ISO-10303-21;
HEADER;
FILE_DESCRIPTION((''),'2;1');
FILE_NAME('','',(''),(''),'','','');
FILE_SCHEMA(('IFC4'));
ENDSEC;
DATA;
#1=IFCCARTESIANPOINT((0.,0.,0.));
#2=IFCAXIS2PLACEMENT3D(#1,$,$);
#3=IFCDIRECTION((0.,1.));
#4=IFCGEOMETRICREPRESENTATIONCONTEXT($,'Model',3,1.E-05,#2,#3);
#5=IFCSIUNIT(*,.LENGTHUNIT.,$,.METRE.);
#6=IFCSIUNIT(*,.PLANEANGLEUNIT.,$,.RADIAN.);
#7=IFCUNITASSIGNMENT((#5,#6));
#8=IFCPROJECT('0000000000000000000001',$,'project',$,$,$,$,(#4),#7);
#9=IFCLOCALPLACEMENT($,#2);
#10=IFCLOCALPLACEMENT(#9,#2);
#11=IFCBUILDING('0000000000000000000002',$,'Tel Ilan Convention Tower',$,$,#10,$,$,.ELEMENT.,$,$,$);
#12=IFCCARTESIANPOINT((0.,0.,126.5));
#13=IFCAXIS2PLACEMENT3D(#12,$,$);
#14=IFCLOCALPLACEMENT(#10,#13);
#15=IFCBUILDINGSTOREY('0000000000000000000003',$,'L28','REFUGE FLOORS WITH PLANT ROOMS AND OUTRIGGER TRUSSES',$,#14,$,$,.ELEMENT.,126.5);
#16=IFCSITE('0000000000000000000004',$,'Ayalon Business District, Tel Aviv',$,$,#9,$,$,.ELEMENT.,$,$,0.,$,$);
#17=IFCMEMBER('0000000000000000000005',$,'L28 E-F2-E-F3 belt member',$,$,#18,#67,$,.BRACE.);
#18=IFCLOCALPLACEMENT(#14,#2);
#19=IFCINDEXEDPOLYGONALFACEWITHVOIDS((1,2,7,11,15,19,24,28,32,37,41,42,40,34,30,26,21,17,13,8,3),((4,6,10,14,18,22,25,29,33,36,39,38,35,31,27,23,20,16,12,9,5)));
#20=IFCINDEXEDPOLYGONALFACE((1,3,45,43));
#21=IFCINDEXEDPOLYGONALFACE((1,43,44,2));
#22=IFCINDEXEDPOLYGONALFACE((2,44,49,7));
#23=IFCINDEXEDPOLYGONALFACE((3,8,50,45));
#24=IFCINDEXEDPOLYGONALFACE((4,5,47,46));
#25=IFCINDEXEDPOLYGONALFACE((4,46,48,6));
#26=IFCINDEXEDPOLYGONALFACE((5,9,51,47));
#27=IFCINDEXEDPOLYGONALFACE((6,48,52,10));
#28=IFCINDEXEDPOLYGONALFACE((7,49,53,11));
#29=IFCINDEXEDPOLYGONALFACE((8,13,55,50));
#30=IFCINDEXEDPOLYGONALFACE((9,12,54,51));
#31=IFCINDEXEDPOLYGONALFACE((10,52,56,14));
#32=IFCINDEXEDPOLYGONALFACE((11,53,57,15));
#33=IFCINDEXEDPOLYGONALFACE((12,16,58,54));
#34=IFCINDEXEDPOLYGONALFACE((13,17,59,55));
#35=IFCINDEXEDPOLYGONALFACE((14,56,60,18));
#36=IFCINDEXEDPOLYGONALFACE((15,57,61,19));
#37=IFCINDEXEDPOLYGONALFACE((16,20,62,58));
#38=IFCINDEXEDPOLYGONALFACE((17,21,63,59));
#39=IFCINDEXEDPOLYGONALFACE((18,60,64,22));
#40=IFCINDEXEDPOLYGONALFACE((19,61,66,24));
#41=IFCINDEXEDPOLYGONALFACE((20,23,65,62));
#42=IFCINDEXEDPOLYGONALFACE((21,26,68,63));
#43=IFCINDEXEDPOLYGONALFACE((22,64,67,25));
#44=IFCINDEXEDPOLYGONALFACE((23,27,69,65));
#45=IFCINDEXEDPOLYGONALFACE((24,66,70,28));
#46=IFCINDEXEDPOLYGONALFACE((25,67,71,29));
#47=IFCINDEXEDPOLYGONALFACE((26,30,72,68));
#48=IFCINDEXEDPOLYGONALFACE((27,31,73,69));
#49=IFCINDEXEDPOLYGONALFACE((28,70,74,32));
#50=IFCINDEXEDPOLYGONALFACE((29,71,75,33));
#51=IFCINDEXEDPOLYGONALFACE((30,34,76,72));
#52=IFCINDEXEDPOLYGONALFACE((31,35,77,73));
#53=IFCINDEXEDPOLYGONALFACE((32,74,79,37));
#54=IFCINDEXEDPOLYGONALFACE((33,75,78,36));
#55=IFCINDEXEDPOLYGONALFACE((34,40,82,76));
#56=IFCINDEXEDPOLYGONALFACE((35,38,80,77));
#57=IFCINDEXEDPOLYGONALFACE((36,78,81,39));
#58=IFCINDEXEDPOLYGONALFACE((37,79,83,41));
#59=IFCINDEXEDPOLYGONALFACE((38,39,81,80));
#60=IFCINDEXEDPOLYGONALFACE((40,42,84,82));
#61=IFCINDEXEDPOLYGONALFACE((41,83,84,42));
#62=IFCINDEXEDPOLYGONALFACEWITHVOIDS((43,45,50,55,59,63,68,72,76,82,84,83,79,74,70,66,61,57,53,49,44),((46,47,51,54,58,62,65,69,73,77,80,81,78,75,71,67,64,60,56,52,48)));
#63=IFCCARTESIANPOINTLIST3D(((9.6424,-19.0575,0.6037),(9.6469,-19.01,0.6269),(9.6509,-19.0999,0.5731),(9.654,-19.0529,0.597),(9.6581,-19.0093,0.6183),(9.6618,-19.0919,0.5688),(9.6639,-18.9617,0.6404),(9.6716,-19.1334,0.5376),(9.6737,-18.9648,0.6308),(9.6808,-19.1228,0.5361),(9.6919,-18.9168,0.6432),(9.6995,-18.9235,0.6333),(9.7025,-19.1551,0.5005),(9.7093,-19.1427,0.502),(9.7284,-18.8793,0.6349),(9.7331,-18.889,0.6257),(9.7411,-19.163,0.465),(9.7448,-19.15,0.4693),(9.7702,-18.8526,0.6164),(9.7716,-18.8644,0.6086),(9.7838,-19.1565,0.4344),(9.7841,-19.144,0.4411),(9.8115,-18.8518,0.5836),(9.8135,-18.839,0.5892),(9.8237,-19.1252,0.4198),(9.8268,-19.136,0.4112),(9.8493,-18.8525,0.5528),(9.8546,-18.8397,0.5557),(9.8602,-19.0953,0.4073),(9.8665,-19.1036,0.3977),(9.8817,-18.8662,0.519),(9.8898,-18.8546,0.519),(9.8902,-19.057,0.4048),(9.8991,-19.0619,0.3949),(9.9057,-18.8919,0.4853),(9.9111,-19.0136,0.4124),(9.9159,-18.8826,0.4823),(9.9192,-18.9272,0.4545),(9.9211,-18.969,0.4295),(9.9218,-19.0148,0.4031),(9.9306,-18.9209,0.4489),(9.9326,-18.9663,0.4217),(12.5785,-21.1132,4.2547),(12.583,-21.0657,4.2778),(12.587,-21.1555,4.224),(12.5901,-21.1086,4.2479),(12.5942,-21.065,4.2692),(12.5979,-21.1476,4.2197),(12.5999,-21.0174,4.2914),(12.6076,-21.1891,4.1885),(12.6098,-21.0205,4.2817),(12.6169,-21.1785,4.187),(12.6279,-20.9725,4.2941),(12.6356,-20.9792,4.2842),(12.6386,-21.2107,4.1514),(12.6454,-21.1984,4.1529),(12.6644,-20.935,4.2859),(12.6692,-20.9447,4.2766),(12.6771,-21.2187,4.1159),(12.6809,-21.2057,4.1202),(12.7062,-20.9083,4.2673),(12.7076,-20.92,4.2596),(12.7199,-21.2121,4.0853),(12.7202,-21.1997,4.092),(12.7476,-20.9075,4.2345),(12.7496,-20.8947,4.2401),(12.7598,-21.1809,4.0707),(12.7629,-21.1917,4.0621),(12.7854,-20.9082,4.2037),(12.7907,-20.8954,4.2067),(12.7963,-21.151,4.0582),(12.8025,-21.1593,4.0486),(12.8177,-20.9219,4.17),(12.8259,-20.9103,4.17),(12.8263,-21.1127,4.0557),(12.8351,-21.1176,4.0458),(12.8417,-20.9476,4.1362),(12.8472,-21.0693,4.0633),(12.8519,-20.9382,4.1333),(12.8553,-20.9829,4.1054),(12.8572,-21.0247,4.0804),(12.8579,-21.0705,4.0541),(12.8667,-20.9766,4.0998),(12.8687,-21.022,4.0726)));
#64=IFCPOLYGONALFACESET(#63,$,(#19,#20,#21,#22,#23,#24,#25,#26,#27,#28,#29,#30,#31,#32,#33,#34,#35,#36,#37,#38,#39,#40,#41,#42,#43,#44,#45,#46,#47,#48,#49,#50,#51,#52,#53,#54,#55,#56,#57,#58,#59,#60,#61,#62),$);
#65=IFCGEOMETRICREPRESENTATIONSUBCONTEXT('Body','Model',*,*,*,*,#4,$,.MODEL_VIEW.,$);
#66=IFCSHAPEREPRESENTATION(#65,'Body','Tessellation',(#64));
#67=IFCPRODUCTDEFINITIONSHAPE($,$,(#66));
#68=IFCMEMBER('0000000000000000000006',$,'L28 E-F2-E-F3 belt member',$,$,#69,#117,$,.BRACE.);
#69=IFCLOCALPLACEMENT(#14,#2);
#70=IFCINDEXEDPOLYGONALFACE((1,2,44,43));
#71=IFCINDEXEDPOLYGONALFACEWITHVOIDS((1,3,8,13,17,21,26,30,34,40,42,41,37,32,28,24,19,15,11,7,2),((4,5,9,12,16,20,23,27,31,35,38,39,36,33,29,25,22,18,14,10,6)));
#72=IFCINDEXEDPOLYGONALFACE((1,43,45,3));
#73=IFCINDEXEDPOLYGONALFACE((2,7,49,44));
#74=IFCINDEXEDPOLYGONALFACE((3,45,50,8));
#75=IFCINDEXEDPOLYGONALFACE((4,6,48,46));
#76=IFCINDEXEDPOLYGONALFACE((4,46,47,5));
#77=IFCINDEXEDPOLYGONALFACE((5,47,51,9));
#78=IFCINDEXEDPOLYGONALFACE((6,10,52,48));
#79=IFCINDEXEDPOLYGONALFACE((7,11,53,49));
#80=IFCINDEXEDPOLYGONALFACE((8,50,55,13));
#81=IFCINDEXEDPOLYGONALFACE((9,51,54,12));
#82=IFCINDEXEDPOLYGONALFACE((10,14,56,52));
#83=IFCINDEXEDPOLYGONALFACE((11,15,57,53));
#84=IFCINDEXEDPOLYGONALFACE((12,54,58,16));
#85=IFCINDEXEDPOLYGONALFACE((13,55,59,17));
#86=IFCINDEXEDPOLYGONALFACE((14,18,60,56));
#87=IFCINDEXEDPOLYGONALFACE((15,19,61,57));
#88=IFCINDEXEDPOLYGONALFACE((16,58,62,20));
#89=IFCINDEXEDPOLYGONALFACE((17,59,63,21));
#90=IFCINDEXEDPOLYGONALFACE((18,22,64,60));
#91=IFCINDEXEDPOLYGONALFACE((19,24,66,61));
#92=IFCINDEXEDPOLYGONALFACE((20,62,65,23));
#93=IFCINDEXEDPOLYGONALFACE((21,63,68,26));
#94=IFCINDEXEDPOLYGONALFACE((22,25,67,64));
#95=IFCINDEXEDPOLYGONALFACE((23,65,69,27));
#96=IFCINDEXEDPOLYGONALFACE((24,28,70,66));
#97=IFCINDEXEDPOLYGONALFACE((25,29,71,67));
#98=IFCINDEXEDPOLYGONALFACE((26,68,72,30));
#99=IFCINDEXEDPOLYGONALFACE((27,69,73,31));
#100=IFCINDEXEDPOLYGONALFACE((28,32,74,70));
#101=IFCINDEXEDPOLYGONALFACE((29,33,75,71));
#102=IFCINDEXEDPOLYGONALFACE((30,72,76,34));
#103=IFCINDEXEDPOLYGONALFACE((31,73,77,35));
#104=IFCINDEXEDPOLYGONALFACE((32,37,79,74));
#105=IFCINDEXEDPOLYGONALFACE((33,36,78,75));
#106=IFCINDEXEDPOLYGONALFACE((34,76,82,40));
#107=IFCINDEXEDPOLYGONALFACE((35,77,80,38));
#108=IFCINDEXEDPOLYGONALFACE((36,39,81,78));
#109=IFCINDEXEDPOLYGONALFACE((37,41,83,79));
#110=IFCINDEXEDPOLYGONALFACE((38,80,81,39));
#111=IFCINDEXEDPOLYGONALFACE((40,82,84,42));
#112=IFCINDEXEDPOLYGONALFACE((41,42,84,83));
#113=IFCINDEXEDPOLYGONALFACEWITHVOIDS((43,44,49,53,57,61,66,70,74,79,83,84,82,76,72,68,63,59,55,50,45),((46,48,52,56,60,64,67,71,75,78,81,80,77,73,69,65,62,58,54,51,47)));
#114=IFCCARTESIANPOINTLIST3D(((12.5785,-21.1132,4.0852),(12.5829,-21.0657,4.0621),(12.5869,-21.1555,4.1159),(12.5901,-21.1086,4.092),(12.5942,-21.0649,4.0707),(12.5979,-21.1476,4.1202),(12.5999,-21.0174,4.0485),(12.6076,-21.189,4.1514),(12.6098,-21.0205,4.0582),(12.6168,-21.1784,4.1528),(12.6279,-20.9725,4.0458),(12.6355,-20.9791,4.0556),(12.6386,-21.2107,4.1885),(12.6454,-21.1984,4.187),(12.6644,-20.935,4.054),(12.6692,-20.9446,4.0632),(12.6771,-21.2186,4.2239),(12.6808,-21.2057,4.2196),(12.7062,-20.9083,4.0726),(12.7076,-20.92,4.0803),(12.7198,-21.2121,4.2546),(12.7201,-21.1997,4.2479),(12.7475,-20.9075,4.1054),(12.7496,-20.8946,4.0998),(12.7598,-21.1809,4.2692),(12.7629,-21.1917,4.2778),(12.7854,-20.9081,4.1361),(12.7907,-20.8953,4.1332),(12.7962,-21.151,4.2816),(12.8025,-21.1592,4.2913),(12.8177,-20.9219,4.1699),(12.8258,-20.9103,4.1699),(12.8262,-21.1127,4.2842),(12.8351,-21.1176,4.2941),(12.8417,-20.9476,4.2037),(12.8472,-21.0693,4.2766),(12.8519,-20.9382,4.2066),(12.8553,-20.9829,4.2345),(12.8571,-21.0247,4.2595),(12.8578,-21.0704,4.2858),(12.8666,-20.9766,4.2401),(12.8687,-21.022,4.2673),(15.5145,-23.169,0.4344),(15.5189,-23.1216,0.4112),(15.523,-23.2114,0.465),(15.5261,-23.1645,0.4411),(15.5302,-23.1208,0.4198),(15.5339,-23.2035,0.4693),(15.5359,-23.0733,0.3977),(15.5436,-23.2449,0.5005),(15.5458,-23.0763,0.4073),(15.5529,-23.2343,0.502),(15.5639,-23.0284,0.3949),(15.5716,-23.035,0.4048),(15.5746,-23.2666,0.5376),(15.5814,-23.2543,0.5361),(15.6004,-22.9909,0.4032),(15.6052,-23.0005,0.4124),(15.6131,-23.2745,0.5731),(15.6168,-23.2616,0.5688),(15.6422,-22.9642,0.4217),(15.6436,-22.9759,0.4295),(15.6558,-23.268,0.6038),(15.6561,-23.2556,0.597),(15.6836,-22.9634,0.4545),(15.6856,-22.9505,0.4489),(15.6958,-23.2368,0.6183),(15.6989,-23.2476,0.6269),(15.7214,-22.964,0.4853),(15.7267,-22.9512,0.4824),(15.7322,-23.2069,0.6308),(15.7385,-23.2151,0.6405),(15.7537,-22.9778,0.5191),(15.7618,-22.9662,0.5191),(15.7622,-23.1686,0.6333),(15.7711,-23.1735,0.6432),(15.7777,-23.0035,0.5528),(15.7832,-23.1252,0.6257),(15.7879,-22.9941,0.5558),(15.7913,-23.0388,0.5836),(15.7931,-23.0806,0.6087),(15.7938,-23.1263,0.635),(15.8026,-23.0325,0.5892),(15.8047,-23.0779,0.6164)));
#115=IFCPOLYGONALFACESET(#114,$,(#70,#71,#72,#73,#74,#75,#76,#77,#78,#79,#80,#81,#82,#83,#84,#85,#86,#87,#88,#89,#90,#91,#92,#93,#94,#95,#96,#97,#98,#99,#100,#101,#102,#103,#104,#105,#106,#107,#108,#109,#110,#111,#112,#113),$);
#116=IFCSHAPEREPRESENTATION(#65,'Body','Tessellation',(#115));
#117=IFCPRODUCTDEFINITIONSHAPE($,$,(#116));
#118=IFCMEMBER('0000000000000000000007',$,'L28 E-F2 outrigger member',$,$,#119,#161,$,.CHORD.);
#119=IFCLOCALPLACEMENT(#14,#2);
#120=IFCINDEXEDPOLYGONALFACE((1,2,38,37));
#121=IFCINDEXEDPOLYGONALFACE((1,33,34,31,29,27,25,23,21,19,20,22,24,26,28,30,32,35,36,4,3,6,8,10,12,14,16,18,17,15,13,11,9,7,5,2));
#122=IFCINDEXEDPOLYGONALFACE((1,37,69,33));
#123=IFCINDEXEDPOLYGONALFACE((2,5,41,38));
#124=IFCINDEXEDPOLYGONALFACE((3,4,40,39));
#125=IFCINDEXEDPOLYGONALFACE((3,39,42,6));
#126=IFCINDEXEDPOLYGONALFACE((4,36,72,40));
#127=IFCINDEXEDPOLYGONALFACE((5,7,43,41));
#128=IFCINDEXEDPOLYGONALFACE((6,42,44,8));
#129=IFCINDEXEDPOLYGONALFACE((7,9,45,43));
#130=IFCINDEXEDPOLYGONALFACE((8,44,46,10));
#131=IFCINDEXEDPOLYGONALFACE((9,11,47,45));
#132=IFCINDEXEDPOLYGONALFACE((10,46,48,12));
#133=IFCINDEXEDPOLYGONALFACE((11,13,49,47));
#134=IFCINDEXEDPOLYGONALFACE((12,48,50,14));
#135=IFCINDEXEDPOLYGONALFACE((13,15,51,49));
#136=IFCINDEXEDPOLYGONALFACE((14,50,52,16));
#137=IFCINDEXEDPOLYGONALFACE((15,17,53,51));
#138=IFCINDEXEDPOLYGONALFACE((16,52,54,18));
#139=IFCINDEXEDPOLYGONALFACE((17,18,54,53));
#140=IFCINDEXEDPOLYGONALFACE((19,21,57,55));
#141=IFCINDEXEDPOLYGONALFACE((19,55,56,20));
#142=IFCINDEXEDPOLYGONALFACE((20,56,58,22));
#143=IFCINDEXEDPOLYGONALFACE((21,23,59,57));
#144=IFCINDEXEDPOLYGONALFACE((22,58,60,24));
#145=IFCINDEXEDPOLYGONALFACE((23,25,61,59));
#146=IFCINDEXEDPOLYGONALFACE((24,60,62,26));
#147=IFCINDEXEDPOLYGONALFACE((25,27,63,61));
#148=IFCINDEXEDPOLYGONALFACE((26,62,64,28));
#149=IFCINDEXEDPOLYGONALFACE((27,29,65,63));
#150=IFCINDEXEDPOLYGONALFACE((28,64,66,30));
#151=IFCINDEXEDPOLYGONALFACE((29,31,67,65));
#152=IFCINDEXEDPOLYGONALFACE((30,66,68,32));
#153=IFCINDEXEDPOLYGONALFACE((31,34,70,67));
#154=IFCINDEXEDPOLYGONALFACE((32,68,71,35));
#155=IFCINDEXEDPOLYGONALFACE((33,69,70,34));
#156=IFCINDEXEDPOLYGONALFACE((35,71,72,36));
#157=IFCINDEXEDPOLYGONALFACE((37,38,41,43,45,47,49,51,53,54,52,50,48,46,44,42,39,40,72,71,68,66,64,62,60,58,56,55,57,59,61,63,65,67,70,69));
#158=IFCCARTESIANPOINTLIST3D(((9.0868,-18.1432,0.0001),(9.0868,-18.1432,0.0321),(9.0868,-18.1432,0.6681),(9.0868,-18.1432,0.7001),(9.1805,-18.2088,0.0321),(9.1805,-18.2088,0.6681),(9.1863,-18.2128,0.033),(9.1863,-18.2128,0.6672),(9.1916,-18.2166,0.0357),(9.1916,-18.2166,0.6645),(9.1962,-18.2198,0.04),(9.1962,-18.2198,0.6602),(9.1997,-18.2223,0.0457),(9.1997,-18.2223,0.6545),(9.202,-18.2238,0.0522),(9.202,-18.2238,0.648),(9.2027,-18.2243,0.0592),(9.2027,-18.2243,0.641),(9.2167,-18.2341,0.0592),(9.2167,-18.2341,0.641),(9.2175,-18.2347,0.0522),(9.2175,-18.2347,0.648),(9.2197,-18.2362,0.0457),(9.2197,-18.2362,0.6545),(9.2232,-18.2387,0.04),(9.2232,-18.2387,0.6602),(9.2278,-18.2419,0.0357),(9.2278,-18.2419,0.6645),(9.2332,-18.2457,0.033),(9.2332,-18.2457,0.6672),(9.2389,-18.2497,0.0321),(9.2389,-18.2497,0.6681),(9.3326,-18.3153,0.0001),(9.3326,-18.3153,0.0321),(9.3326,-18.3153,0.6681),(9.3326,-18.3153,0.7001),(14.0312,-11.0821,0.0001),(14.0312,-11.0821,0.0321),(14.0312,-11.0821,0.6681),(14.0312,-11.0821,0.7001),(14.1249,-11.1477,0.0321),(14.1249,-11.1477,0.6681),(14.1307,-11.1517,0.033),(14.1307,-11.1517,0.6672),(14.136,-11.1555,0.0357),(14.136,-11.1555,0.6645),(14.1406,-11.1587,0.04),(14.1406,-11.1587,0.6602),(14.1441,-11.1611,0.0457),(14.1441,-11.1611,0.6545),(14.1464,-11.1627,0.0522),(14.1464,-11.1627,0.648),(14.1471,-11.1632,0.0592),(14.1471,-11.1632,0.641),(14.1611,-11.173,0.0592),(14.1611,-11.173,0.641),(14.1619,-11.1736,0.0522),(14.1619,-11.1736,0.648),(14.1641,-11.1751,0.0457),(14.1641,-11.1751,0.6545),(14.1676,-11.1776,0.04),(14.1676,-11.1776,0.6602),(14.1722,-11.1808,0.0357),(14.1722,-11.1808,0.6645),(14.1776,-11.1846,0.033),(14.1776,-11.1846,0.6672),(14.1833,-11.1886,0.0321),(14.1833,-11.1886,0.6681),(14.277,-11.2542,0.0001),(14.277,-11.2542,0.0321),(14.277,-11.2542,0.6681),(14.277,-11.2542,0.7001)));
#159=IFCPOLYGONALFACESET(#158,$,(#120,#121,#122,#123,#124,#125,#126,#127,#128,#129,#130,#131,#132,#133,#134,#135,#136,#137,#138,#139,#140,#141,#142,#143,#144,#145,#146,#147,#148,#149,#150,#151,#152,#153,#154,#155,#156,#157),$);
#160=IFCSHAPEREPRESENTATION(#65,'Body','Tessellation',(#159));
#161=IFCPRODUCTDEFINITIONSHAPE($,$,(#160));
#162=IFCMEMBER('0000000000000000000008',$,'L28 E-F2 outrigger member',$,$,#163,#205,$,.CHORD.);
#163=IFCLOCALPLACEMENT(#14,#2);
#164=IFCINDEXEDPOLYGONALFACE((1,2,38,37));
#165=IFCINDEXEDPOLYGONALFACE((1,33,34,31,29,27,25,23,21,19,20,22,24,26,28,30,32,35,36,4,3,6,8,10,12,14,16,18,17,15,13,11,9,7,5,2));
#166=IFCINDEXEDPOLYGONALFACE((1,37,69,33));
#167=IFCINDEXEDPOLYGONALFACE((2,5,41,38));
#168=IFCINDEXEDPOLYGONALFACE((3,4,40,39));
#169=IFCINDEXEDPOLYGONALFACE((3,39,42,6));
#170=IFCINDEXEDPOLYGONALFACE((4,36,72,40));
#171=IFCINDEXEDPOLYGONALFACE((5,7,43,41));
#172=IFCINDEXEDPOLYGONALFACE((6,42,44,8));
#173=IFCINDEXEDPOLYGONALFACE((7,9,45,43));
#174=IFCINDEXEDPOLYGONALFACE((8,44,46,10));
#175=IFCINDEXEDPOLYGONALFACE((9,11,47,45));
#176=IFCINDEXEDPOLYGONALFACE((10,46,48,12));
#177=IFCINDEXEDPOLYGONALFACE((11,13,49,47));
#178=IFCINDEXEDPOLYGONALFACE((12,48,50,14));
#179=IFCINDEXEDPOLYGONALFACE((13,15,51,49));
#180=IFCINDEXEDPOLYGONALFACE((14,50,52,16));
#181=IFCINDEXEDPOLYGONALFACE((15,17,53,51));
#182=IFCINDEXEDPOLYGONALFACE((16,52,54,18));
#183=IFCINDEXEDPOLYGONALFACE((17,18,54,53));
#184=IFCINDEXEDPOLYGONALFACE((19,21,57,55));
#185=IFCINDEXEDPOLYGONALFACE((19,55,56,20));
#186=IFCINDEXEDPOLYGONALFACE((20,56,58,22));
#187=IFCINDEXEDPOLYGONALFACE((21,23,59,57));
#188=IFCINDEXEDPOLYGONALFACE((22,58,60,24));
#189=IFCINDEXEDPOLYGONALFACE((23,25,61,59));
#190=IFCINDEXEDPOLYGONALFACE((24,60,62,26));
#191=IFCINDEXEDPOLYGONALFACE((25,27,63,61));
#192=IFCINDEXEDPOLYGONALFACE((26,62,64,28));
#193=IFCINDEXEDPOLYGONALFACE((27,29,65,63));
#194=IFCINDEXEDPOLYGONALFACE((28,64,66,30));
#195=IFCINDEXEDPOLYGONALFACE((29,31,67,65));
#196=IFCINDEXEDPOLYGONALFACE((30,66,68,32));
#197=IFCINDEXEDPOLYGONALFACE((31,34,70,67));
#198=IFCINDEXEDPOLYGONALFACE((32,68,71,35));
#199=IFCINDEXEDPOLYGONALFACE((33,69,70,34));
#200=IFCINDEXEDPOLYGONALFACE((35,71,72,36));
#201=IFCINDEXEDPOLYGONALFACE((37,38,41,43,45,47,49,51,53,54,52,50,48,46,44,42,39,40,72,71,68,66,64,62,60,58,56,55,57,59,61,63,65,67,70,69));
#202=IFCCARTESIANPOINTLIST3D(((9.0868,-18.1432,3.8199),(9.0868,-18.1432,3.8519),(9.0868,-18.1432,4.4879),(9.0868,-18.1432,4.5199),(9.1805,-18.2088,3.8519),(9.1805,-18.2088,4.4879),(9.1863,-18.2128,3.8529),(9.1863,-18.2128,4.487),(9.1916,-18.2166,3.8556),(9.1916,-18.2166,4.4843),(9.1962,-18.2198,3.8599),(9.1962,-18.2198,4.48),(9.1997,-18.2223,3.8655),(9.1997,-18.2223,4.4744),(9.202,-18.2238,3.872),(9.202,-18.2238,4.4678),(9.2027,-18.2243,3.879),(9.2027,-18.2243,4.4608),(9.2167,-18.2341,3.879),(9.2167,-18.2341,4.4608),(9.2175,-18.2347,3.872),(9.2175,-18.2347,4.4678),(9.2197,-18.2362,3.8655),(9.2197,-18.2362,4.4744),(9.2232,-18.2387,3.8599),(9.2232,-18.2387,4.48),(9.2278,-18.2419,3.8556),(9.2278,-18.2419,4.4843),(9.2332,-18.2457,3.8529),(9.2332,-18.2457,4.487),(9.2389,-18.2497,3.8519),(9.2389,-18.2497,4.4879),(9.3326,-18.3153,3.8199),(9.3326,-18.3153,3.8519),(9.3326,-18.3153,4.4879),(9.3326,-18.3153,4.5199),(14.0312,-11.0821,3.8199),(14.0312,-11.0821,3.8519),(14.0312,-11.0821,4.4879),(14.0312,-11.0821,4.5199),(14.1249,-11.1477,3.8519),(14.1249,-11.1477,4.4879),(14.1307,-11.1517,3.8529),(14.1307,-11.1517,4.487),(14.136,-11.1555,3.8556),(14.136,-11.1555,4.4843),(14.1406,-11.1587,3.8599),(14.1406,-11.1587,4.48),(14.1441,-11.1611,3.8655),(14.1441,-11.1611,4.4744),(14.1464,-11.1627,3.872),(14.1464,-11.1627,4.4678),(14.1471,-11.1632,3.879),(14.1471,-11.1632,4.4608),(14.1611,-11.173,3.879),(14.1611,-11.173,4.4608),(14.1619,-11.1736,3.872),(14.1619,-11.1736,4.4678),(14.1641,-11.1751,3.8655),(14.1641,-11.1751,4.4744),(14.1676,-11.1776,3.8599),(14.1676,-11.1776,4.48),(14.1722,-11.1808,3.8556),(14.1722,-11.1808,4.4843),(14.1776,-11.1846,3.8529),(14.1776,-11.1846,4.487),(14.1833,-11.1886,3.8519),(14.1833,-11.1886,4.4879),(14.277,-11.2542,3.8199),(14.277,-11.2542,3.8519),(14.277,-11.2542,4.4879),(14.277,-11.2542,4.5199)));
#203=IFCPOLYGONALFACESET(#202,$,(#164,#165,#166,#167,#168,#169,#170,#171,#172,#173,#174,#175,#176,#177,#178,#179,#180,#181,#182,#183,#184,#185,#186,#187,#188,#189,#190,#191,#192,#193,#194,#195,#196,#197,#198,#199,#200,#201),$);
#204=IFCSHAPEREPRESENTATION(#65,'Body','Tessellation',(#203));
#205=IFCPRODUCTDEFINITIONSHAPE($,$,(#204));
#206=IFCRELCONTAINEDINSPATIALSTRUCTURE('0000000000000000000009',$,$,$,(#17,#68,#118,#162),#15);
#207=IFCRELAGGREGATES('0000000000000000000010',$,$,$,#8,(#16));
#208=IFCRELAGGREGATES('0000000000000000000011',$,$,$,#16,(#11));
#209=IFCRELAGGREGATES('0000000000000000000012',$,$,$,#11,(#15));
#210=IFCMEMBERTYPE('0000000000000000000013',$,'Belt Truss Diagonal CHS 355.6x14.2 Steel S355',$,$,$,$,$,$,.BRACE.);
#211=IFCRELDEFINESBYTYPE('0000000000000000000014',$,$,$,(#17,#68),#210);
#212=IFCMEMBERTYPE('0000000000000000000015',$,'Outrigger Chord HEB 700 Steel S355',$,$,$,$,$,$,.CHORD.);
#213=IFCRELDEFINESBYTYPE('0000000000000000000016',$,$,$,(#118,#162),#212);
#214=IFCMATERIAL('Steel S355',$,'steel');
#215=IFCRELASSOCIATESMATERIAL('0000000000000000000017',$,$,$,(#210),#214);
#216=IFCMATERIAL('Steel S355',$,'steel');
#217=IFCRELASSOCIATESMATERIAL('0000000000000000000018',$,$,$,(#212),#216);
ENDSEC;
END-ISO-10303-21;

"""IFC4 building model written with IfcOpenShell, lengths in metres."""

from ifc_helpers import new_model, si_unit, direction, frame, origin, origin_2d, place, context, subcontext, project, spatial, hollow_circle, i_section, extrude, material, material_profile, profile_set, type_object, element, save


model = new_model("IFC4")

# Units and contexts
model_context = context("Model", 3, precision=1e-05, world=origin(), true_north=direction((0.0, 1.0)))
body_context = subcontext(model_context, "Body", "Model", "MODEL_VIEW")
ifc_project = project(units=[si_unit("LENGTHUNIT", "METRE"), si_unit("PLANEANGLEUNIT", "RADIAN")], contexts=[model_context])

# Site, building, storey
site_placement = place(None, origin())
site = spatial("IfcSite", under=ifc_project, at=site_placement, Name="Ayalon Business District, Tel Aviv", CompositionType="ELEMENT", RefElevation=0.0)
building_placement = place(site_placement, origin())
building = spatial("IfcBuilding", under=site, at=building_placement, Name="Tel Ilan Convention Tower", CompositionType="ELEMENT")
storey_placement = place(building_placement, frame((0.0, 0.0, 126.5)))
storey = spatial("IfcBuildingStorey", under=building, at=storey_placement, Name="L28", Description="REFUGE FLOORS WITH PLANT ROOMS AND OUTRIGGER TRUSSES", CompositionType="ELEMENT", Elevation=126.5)

# Members
ifc_material_1 = material(Name="Steel S355", Category="steel")
ifc_material_profile_1 = material_profile(ifc_material_1, hollow_circle(Radius=0.1777, WallThickness=0.0142, at=origin_2d()), Name="CHS 355.6x14.2")
ifc_profile_set_1 = profile_set([ifc_material_profile_1], Name="Steel S355")
member_type_1 = type_object("IfcMemberType", Name="Belt Truss Diagonal CHS 355.6x14.2 Steel S355", PredefinedType="BRACE", material=ifc_profile_set_1)
for number, where, z_axis, x_axis, name in (
    (1, (9.7878, -19.0002, 0.519), (0.573876, -0.401799, 0.713599), (0.573545, 0.819174, 0.0), "L28 E-F2-E-F3 belt member"),
    (2, (12.7239, -21.0559, 4.1699), (0.573865, -0.401839, -0.713585), (0.57359, 0.819142, 0.0), "L28 E-F2-E-F3 belt member"),
):
    element("IfcMember", number, at=place(storey_placement, frame(where, z_axis=z_axis, x_axis=x_axis)), inside=storey, type_object=member_type_1, Name=name, PredefinedType="BRACE", context=body_context, shape_type="SweptSolid", body=[
        extrude(hollow_circle(Radius=0.1777, WallThickness=0.0142, at=origin_2d()), origin(), (0.0, 0.0, 1.0), 5.1162),
    ])
ifc_material_2 = material(Name="Steel S355", Category="steel")
ifc_material_profile_2 = material_profile(ifc_material_2, i_section(OverallWidth=0.3, OverallDepth=0.7, WebThickness=0.0171, FlangeThickness=0.032, FilletRadius=0.0271, at=origin_2d()), Name="HEB 700")
ifc_profile_set_2 = profile_set([ifc_material_profile_2], Name="Steel S355")
member_type_2 = type_object("IfcMemberType", Name="Outrigger Chord HEB 700 Steel S355", PredefinedType="CHORD", material=ifc_profile_set_2)
for number, where, z_axis, x_axis, name in (
    (3, (9.2097, -18.2292, 0.3501), (0.573588, 0.819144, 0.0), (-0.819144, 0.573588, 0.0), "L28 E-F2 outrigger member"),
    (4, (9.2097, -18.2292, 4.1699), (0.573588, 0.819144, 0.0), (-0.819144, 0.573588, 0.0), "L28 E-F2 outrigger member"),
):
    element("IfcMember", number, at=place(storey_placement, frame(where, z_axis=z_axis, x_axis=x_axis)), inside=storey, type_object=member_type_2, Name=name, PredefinedType="CHORD", context=body_context, shape_type="SweptSolid", body=[
        extrude(i_section(OverallWidth=0.3, OverallDepth=0.7, WebThickness=0.0171, FlangeThickness=0.032, FilletRadius=0.0271, at=origin_2d()), origin(), (0.0, 0.0, 1.0), 8.6201),
    ])

save(model, "model.ifc")
